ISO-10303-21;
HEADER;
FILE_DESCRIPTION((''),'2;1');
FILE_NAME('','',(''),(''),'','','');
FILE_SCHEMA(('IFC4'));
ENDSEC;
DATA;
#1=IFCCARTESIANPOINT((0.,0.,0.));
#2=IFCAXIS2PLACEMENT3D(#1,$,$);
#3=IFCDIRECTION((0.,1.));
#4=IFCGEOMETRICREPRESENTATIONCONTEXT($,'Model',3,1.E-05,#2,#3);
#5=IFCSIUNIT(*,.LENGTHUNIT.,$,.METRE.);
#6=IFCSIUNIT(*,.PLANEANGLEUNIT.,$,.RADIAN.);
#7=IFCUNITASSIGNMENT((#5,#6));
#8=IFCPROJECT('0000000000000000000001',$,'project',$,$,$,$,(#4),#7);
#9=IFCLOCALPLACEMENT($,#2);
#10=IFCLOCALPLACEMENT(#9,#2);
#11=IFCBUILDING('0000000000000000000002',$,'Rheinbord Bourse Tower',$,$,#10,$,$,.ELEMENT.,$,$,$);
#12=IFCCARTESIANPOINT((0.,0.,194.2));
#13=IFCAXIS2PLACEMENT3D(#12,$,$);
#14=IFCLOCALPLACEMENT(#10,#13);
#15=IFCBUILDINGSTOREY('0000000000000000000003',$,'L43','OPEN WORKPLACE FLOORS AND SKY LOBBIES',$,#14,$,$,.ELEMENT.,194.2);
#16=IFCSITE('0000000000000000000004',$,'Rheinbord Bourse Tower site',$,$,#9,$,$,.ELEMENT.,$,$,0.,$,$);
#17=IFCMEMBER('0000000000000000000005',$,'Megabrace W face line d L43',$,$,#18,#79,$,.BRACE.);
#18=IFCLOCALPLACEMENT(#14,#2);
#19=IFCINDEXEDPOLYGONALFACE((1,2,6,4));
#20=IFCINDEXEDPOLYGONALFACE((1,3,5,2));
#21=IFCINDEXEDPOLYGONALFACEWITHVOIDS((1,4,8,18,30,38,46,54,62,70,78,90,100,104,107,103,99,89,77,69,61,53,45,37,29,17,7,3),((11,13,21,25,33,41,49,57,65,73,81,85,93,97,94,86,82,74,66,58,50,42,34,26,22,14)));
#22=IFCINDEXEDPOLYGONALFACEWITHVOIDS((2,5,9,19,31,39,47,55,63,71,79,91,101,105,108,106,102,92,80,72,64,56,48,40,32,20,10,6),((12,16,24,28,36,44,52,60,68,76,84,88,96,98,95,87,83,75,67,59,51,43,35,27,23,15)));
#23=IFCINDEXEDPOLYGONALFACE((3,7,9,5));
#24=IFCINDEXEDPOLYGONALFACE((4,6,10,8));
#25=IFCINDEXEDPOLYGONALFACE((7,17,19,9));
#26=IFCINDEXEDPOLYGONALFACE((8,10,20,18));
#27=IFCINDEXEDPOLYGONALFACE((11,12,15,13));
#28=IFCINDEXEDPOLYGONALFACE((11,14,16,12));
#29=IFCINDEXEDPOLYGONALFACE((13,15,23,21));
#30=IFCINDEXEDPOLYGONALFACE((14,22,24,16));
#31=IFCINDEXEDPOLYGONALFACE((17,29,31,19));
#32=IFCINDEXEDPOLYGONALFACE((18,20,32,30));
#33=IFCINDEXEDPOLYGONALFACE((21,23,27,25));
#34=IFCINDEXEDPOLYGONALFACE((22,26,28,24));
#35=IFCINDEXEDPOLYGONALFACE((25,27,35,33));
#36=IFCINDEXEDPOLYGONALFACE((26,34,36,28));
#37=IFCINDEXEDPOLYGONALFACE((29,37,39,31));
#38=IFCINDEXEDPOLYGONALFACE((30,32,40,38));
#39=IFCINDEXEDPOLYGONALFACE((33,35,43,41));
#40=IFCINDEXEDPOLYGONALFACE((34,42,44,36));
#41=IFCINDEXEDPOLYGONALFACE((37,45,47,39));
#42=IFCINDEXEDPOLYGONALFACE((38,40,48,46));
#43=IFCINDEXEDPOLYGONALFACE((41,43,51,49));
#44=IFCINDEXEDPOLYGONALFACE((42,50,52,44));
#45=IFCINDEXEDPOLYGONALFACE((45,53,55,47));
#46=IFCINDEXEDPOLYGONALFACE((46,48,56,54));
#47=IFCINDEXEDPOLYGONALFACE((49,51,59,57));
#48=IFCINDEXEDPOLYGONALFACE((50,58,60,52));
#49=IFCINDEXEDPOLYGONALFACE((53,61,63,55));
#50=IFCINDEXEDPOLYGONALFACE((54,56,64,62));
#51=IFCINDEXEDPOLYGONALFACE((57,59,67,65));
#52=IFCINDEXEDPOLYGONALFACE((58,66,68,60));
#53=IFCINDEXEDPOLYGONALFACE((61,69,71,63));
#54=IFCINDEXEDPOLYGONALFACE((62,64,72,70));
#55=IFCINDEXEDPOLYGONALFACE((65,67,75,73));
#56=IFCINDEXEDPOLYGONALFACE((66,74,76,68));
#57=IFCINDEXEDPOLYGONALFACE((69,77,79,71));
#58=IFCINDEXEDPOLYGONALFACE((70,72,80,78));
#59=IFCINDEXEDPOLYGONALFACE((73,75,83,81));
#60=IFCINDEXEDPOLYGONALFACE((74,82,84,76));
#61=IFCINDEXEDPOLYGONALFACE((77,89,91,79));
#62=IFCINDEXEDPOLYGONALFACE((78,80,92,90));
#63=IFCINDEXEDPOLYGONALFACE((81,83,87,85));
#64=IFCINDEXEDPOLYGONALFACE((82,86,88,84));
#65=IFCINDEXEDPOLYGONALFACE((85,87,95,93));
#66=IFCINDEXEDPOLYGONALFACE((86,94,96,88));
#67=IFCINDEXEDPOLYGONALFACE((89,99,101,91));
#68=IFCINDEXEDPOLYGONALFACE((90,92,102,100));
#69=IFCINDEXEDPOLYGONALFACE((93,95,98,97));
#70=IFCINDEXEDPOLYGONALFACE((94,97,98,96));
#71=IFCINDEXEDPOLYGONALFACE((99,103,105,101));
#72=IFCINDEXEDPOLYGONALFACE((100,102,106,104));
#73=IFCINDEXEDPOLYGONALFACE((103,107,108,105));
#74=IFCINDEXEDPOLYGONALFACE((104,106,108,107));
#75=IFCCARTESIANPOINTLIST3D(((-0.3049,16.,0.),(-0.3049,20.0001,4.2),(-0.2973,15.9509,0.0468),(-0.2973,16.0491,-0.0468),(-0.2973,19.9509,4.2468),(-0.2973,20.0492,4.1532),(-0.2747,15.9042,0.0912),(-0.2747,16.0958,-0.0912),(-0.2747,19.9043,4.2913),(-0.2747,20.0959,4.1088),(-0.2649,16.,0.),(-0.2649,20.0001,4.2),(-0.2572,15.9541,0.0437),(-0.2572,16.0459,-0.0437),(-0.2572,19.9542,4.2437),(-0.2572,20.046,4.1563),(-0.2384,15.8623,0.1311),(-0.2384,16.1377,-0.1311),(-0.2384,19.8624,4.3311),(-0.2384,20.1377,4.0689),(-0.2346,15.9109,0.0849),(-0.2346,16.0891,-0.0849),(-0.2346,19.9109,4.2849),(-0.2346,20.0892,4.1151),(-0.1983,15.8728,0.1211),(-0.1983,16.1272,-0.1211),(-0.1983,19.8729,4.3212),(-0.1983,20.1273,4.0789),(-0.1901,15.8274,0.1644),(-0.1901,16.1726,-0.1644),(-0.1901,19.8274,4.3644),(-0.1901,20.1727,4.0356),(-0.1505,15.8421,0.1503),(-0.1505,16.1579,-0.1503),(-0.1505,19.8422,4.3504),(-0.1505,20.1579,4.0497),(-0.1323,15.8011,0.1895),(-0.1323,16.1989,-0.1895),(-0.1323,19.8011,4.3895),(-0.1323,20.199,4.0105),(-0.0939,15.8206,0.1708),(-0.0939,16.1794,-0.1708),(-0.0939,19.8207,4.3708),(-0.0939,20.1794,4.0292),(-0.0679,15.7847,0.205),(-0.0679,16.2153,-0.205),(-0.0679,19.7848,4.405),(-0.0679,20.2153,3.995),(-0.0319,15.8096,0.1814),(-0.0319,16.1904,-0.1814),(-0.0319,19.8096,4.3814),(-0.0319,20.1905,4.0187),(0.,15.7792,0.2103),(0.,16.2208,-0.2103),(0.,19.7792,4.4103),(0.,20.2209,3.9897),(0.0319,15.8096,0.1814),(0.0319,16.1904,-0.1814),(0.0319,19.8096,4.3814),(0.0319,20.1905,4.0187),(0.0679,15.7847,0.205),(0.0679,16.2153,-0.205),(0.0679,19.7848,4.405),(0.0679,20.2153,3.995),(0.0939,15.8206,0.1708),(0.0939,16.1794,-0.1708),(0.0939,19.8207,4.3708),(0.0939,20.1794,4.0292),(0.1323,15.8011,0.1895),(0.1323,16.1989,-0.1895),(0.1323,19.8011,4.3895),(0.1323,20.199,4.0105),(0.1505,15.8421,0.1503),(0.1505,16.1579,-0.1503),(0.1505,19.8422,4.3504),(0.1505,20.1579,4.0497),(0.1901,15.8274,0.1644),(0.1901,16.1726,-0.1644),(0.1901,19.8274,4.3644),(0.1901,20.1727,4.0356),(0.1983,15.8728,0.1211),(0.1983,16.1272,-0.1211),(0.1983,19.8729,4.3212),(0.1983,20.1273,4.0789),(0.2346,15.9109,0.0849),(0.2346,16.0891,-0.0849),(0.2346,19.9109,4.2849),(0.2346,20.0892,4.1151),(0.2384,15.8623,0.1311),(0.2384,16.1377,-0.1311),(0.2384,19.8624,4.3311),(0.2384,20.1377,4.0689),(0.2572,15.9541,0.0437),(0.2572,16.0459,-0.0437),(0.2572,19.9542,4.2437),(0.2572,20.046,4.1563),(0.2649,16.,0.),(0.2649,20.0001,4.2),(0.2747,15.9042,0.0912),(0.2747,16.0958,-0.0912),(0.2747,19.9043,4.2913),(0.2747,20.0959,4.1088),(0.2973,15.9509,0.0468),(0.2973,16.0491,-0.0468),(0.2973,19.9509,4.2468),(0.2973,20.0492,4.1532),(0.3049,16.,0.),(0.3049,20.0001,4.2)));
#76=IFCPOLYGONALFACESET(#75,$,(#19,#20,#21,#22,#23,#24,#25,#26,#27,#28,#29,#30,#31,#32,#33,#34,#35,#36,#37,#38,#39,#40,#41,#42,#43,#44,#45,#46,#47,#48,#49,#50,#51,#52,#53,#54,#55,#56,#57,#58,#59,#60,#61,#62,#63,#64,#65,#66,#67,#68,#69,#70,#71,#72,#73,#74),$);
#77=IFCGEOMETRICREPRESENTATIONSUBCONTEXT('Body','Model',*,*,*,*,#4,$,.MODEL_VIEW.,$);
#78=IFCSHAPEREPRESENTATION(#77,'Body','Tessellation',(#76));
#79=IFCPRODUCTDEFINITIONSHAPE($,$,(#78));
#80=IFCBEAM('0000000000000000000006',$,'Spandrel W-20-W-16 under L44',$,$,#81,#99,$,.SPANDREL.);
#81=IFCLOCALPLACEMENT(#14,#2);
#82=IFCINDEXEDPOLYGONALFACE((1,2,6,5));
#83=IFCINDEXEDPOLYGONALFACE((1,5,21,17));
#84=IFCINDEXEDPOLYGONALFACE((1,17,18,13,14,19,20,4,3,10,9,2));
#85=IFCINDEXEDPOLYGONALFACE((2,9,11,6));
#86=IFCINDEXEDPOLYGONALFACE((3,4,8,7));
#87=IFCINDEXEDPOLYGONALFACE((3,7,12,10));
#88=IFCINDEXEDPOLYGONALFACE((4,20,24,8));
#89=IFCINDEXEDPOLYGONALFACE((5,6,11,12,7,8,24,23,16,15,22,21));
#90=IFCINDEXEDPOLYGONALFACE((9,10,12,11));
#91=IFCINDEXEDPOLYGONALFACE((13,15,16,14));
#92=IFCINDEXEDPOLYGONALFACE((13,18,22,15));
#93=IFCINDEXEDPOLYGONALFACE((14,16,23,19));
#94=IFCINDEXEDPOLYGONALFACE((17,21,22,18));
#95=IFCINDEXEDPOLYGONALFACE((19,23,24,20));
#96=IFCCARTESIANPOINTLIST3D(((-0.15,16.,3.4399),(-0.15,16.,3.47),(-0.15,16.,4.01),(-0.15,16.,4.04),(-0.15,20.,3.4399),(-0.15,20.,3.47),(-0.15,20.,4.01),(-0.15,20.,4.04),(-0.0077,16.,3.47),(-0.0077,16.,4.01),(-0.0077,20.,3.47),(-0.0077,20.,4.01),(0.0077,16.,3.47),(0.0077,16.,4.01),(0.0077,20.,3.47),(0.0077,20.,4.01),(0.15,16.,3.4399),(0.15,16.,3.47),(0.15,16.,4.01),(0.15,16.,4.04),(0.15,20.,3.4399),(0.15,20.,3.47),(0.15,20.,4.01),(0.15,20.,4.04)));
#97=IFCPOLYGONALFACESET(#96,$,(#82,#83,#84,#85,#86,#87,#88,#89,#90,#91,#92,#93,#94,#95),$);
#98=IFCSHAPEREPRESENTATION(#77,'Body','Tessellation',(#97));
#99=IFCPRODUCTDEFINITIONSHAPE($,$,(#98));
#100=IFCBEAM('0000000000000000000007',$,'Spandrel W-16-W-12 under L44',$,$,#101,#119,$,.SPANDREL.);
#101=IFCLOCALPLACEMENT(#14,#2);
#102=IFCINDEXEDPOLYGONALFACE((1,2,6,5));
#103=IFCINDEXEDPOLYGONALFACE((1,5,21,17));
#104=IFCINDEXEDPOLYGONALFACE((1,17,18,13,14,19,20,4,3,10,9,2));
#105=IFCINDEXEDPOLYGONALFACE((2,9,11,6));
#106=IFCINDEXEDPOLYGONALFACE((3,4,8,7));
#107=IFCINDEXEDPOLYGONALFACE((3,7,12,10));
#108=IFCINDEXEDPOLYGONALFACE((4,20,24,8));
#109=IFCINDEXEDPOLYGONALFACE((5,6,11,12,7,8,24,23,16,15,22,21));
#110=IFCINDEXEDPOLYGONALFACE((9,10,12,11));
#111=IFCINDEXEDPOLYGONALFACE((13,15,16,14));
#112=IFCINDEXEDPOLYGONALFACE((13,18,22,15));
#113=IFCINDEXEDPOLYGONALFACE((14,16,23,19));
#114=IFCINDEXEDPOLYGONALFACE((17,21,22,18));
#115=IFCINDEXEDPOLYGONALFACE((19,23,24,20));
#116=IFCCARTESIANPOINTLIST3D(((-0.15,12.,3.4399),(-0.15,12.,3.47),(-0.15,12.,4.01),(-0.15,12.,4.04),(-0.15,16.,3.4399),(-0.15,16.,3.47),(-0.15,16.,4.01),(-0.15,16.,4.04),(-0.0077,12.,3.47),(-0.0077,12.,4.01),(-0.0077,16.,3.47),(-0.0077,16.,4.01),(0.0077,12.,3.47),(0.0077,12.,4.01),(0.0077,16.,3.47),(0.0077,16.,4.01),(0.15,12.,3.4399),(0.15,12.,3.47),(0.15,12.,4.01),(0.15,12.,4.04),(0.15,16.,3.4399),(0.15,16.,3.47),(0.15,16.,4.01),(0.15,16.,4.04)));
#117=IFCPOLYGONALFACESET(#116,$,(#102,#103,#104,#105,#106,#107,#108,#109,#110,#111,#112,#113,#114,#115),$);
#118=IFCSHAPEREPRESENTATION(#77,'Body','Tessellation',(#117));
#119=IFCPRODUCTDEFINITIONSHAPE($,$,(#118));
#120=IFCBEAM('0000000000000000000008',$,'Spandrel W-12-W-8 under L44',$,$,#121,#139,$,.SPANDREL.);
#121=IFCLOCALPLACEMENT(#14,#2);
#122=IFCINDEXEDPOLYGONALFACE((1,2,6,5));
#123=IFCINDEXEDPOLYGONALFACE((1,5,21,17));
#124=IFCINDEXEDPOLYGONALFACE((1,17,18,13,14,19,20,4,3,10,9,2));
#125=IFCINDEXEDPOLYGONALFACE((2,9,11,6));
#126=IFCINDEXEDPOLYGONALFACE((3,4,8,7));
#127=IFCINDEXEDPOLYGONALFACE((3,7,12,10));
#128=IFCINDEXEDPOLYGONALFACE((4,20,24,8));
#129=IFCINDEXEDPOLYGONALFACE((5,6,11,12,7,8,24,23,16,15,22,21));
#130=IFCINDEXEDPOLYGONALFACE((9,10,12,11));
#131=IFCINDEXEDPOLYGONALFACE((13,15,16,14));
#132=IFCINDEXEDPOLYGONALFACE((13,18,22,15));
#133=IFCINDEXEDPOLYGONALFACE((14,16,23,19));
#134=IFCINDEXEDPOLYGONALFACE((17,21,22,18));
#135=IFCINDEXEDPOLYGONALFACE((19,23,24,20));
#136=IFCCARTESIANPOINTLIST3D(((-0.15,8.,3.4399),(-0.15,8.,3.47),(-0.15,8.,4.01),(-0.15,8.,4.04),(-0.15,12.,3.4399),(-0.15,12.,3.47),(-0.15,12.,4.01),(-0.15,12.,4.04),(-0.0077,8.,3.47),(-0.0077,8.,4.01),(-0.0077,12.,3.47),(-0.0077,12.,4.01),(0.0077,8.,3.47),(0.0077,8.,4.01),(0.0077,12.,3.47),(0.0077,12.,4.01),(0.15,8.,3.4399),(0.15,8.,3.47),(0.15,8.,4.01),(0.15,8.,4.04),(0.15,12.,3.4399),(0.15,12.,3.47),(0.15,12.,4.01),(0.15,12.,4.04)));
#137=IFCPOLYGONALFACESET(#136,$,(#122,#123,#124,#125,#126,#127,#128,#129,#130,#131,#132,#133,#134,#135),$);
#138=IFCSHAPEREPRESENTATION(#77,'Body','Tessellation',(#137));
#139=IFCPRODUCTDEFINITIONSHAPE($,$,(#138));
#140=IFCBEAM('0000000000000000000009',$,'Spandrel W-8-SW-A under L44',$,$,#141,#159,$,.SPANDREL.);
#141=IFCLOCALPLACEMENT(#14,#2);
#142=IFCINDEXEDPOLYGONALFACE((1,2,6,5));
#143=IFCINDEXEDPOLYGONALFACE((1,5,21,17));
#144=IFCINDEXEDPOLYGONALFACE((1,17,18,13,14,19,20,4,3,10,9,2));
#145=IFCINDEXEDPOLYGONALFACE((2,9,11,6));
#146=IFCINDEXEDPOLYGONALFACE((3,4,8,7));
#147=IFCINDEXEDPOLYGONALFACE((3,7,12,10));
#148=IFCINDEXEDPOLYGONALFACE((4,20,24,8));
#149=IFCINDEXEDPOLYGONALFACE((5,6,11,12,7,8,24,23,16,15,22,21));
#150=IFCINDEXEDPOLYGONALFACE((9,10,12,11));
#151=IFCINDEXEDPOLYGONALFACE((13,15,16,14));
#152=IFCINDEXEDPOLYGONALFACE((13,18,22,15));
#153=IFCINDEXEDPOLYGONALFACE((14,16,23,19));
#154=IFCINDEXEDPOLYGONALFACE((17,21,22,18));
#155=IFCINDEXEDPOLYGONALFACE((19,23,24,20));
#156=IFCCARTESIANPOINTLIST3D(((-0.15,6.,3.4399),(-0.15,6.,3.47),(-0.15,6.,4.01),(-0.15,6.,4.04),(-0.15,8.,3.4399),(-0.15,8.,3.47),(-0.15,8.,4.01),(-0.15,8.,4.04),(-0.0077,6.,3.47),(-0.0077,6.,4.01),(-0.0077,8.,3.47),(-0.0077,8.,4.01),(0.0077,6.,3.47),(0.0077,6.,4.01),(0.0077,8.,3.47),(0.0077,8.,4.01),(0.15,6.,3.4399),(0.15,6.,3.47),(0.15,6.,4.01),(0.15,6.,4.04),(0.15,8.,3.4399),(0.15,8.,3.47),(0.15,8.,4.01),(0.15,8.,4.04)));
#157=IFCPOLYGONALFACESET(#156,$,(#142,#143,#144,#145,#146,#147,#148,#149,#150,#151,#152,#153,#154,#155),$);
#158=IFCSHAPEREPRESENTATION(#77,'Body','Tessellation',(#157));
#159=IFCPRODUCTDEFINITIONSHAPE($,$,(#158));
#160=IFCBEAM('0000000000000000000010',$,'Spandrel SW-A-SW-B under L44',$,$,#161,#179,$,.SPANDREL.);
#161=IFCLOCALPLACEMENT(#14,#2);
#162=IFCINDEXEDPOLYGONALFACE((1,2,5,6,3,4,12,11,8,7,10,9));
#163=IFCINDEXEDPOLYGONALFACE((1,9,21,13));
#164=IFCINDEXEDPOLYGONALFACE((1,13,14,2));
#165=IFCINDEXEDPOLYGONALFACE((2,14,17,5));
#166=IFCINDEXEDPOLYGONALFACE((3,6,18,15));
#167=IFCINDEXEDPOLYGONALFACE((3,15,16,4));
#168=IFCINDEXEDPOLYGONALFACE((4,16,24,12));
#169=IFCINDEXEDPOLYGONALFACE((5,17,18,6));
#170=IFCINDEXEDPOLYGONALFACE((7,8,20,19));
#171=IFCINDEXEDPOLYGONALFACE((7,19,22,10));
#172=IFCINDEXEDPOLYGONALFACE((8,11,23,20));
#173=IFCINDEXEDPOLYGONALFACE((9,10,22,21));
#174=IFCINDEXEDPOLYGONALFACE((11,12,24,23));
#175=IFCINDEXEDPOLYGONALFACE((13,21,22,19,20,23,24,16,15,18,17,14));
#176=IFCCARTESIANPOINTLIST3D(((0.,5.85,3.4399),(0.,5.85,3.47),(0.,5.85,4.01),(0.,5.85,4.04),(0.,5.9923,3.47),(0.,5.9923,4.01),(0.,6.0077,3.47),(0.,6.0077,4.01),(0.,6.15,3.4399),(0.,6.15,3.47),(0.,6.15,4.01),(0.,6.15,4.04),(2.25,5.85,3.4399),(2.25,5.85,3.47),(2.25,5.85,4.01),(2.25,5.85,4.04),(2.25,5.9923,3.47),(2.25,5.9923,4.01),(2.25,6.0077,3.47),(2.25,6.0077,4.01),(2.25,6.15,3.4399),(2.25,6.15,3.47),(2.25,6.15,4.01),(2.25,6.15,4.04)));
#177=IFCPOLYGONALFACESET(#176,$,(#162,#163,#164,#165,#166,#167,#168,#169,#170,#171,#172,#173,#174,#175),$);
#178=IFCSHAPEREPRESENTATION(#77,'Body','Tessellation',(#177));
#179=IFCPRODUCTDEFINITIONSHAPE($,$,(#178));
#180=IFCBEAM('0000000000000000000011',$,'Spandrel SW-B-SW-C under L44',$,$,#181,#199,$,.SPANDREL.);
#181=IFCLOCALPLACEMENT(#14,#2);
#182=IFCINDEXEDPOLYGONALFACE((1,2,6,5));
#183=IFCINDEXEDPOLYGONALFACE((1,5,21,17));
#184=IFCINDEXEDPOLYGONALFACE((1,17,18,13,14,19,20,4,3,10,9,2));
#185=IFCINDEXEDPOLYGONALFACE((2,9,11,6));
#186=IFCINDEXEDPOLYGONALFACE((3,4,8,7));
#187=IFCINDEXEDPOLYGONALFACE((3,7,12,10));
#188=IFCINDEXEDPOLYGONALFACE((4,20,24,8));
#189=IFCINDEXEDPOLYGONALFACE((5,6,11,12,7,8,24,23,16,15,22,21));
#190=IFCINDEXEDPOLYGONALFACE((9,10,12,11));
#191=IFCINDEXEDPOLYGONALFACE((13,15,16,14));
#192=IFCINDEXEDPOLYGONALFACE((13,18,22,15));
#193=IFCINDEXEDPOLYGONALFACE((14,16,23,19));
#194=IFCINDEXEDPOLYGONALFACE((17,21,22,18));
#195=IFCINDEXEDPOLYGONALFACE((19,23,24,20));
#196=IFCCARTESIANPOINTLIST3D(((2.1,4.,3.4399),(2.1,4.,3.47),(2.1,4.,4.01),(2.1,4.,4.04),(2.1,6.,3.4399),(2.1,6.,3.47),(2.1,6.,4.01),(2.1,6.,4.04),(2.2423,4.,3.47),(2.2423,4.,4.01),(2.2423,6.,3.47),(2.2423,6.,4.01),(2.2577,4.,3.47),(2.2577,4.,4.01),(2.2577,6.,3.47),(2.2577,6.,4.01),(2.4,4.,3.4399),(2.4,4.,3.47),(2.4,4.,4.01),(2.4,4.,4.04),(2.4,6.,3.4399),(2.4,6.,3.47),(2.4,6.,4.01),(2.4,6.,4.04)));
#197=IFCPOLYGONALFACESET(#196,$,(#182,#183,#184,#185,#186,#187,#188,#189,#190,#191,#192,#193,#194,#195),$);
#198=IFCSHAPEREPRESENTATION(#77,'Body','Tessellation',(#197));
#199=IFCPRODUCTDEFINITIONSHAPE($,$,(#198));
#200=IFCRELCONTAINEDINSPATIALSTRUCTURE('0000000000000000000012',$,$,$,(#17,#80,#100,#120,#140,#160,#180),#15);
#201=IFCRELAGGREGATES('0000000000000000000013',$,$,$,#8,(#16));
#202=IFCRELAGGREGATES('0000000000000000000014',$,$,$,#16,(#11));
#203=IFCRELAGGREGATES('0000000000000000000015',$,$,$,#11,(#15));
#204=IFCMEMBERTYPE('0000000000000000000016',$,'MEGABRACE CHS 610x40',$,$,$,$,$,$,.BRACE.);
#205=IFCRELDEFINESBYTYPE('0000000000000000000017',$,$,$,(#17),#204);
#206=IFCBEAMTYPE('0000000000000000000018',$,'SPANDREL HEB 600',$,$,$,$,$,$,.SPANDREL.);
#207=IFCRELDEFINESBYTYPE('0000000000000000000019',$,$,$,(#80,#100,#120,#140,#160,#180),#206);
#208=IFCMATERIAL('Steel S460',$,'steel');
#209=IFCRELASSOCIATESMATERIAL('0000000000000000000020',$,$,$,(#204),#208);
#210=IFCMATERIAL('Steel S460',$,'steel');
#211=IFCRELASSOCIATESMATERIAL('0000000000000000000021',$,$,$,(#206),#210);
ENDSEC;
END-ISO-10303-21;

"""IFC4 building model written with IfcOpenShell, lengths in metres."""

from ifc_helpers import new_model, si_unit, direction, frame, origin, origin_2d, place, context, subcontext, project, spatial, hollow_circle, i_section, extrude, material, material_profile, profile_set, type_object, element, save


model = new_model("IFC4")

# Units and contexts
model_context = context("Model", 3, precision=1e-05, world=origin(), true_north=direction((0.0, 1.0)))
body_context = subcontext(model_context, "Body", "Model", "MODEL_VIEW")
ifc_project = project(units=[si_unit("LENGTHUNIT", "METRE"), si_unit("PLANEANGLEUNIT", "RADIAN")], contexts=[model_context])

# Site, building, storey
site_placement = place(None, origin())
site = spatial("IfcSite", under=ifc_project, at=site_placement, Name="Rheinbord Bourse Tower site", CompositionType="ELEMENT", RefElevation=0.0)
building_placement = place(site_placement, origin())
building = spatial("IfcBuilding", under=site, at=building_placement, Name="Rheinbord Bourse Tower", CompositionType="ELEMENT")
storey_placement = place(building_placement, frame((0.0, 0.0, 194.2)))
storey = spatial("IfcBuildingStorey", under=building, at=storey_placement, Name="L43", Description="OPEN WORKPLACE FLOORS AND SKY LOBBIES", CompositionType="ELEMENT", Elevation=194.2)

# Member
ifc_material_1 = material(Name="Steel S460", Category="steel")
ifc_material_profile_1 = material_profile(ifc_material_1, hollow_circle(Radius=0.3049, WallThickness=0.04, at=origin_2d()), Name="CHS 610x40")
ifc_profile_set_1 = profile_set([ifc_material_profile_1], Name="Steel S460")
member_type_1 = type_object("IfcMemberType", Name="MEGABRACE CHS 610x40", PredefinedType="BRACE", material=ifc_profile_set_1)
member_1_placement = place(storey_placement, frame((0.0, 16.0, 0.0), z_axis=(0.0, 0.689659, 0.724134), x_axis=(-1.0, 0.0, 0.0)))
element("IfcMember", 1, at=member_1_placement, inside=storey, type_object=member_type_1, Name="Megabrace W face line d L43", PredefinedType="BRACE", context=body_context, shape_type="SweptSolid", body=[
    extrude(hollow_circle(Radius=0.3049, WallThickness=0.04, at=origin_2d()), origin(), (0.0, 0.0, 1.0), 5.8),
])

# Beams
ifc_material_2 = material(Name="Steel S460", Category="steel")
ifc_material_profile_2 = material_profile(ifc_material_2, i_section(OverallWidth=0.3, OverallDepth=0.6001, WebThickness=0.0154, FlangeThickness=0.03, at=origin_2d()), Name="HEB 600")
ifc_profile_set_2 = profile_set([ifc_material_profile_2], Name="Steel S460")
beam_type_1 = type_object("IfcBeamType", Name="SPANDREL HEB 600", PredefinedType="SPANDREL", material=ifc_profile_set_2)
for number, where, z_axis, x_axis, name in (
    (2, (0.0, 20.0, 3.74), (0.0, -1.0, 0.0), (1.0, 0.0, 0.0), "Spandrel W-20-W-16 under L44"),
    (3, (0.0, 16.0, 3.74), (0.0, -1.0, 0.0), (1.0, 0.0, 0.0), "Spandrel W-16-W-12 under L44"),
    (4, (0.0, 12.0, 3.74), (0.0, -1.0, 0.0), (1.0, 0.0, 0.0), "Spandrel W-12-W-8 under L44"),
):
    element("IfcBeam", number, at=place(storey_placement, frame(where, z_axis=z_axis, x_axis=x_axis)), inside=storey, type_object=beam_type_1, Name=name, PredefinedType="SPANDREL", context=body_context, shape_type="SweptSolid", body=[
        extrude(i_section(OverallWidth=0.3, OverallDepth=0.6001, WebThickness=0.0154, FlangeThickness=0.03, at=origin_2d()), origin(), (0.0, 0.0, 1.0), 4.0),
    ])
beam_1_placement = place(storey_placement, frame((0.0, 8.0, 3.74), z_axis=(0.0, -1.0, 0.0), x_axis=(1.0, 0.0, 0.0)))
element("IfcBeam", 5, at=beam_1_placement, inside=storey, type_object=beam_type_1, Name="Spandrel W-8-SW-A under L44", PredefinedType="SPANDREL", context=body_context, shape_type="SweptSolid", body=[
    extrude(i_section(OverallWidth=0.3, OverallDepth=0.6001, WebThickness=0.0154, FlangeThickness=0.03, at=origin_2d()), origin(), (0.0, 0.0, 1.0), 2.0),
])
beam_2_placement = place(storey_placement, frame((0.0, 6.0, 3.74), z_axis=(1.0, 0.0, 0.0), x_axis=(0.0, 1.0, 0.0)))
element("IfcBeam", 6, at=beam_2_placement, inside=storey, type_object=beam_type_1, Name="Spandrel SW-A-SW-B under L44", PredefinedType="SPANDREL", context=body_context, shape_type="SweptSolid", body=[
    extrude(i_section(OverallWidth=0.3, OverallDepth=0.6001, WebThickness=0.0154, FlangeThickness=0.03, at=origin_2d()), origin(), (0.0, 0.0, 1.0), 2.25),
])
beam_3_placement = place(storey_placement, frame((2.25, 6.0, 3.74), z_axis=(0.0, -1.0, 0.0), x_axis=(1.0, 0.0, 0.0)))
element("IfcBeam", 7, at=beam_3_placement, inside=storey, type_object=beam_type_1, Name="Spandrel SW-B-SW-C under L44", PredefinedType="SPANDREL", context=body_context, shape_type="SweptSolid", body=[
    extrude(i_section(OverallWidth=0.3, OverallDepth=0.6001, WebThickness=0.0154, FlangeThickness=0.03, at=origin_2d()), origin(), (0.0, 0.0, 1.0), 2.0),
])

save(model, "model.ifc")
